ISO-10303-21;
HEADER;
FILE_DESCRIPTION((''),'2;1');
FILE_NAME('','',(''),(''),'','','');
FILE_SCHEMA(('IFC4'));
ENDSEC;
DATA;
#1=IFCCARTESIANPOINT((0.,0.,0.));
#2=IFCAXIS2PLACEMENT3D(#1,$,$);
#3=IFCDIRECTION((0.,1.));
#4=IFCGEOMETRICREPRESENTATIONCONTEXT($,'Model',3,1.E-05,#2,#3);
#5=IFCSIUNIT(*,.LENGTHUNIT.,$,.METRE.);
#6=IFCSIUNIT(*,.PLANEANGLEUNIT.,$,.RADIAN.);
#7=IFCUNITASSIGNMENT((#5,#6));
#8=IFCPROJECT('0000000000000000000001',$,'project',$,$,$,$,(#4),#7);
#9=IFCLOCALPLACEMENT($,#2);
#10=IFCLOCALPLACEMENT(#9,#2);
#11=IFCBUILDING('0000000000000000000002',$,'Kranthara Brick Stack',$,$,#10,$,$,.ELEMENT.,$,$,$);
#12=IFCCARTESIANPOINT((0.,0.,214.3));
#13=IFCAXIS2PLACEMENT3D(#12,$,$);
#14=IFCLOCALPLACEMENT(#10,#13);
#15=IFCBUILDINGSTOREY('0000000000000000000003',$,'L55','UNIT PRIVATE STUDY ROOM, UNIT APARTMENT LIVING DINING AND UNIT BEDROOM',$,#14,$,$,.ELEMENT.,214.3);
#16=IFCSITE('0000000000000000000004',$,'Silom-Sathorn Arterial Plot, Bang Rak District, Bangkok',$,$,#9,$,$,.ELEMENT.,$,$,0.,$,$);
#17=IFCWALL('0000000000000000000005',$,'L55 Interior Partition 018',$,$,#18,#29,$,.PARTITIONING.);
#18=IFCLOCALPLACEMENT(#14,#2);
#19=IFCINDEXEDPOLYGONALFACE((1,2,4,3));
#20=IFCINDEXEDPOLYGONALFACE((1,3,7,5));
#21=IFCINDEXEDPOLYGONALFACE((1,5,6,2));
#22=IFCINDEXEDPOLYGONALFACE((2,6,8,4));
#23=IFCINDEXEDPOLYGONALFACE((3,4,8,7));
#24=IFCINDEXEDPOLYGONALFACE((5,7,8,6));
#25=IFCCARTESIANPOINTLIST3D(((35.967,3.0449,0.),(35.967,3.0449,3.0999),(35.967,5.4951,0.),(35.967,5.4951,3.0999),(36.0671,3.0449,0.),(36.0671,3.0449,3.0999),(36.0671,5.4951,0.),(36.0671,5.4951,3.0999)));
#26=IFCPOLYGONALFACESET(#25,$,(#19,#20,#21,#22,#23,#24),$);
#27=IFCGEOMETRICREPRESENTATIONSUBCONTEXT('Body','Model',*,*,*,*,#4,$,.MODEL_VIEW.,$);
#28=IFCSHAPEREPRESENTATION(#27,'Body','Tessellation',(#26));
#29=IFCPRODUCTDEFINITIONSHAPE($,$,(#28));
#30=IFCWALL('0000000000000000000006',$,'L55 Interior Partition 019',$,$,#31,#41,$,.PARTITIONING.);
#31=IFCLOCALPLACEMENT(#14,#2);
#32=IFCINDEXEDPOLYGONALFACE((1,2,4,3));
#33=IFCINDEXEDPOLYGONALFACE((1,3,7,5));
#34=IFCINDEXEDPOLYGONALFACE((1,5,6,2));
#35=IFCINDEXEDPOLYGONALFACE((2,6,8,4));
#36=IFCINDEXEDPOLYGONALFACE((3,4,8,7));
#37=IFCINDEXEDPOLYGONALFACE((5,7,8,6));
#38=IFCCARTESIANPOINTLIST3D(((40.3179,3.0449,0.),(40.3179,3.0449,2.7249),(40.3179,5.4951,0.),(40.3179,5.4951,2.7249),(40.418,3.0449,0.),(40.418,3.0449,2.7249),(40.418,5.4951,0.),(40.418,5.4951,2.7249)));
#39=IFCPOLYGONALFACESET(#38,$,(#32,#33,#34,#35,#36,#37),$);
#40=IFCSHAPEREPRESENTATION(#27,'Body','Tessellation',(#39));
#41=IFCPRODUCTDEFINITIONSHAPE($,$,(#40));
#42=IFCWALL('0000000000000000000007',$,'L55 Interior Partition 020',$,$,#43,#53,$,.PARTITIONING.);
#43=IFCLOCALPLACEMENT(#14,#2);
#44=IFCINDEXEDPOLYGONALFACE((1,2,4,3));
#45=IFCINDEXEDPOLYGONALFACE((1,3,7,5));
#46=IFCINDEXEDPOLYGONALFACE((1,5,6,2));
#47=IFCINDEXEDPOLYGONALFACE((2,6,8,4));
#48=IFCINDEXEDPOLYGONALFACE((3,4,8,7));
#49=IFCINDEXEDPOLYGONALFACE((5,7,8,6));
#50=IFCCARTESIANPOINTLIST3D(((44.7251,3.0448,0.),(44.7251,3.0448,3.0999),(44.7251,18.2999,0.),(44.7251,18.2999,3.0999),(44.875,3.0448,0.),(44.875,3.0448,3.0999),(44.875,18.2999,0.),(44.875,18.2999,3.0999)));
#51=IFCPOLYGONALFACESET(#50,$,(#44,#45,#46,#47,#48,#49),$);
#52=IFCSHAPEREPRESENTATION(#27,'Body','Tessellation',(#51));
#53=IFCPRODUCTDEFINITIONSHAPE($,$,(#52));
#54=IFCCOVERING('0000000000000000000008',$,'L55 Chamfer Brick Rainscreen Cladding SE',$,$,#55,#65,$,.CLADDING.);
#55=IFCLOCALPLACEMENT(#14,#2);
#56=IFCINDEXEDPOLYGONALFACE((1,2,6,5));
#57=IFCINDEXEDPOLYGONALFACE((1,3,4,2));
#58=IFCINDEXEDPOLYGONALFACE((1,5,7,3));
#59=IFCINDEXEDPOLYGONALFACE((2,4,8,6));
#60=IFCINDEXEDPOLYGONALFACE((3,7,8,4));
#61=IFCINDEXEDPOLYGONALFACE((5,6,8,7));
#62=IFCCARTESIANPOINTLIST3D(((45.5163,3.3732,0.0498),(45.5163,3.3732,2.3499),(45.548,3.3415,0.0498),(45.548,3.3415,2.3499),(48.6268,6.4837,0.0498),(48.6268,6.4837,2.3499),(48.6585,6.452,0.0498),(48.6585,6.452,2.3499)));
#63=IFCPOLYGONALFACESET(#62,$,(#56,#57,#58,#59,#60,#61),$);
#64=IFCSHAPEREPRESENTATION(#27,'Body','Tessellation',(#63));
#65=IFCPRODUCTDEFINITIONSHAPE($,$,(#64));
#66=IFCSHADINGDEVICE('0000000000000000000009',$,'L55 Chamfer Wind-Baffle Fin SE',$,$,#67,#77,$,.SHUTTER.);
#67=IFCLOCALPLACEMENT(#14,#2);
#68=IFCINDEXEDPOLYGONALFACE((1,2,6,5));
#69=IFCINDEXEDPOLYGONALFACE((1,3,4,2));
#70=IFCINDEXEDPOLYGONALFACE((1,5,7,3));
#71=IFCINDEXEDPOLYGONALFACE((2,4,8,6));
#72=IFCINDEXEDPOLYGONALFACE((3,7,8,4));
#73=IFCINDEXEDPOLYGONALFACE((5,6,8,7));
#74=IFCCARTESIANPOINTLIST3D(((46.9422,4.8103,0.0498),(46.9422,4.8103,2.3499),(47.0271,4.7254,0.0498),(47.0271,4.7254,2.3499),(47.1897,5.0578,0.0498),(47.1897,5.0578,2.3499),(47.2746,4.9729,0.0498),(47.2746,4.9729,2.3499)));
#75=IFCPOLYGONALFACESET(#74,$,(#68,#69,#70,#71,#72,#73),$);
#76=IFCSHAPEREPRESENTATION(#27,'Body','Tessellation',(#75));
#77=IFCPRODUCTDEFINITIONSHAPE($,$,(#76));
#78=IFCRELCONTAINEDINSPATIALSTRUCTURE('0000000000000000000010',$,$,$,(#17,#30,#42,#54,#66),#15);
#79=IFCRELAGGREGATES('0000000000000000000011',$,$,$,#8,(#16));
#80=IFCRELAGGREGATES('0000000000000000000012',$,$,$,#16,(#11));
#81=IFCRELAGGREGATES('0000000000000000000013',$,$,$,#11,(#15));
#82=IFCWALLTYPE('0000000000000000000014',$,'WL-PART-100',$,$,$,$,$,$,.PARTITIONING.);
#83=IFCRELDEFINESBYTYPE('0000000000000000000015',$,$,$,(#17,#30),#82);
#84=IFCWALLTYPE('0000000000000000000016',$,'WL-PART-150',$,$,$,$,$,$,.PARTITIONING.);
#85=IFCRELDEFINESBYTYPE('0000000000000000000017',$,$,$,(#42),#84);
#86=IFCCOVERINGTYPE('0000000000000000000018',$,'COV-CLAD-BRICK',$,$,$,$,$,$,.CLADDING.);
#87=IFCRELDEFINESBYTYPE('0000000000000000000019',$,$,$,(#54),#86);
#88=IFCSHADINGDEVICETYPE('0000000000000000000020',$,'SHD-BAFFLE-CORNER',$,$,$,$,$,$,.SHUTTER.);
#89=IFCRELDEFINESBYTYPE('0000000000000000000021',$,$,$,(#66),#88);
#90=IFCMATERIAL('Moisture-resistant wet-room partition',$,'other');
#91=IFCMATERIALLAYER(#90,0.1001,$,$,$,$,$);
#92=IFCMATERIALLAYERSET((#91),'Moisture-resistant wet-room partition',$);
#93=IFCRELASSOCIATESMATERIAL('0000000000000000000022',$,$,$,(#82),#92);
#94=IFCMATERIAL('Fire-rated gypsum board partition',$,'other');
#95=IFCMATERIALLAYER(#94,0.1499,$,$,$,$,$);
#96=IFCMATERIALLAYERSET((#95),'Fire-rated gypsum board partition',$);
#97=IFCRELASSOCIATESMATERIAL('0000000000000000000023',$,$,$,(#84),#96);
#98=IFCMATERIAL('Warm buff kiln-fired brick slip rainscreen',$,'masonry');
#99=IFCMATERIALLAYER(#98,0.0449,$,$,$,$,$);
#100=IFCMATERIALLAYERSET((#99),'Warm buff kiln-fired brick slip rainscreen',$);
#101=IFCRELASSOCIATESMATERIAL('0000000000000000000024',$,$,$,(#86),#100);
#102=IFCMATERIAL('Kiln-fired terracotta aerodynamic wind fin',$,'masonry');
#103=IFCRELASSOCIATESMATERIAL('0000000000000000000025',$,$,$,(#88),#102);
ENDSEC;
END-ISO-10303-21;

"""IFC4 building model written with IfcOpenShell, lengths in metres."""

from ifc_helpers import new_model, si_unit, direction, frame, frame_2d, origin, origin_2d, place, context, subcontext, project, spatial, rectangle, extrude, material, layer, layer_set, type_object, element, save


model = new_model("IFC4")

# Units and contexts
model_context = context("Model", 3, precision=1e-05, world=origin(), true_north=direction((0.0, 1.0)))
body_context = subcontext(model_context, "Body", "Model", "MODEL_VIEW")
ifc_project = project(units=[si_unit("LENGTHUNIT", "METRE"), si_unit("PLANEANGLEUNIT", "RADIAN")], contexts=[model_context])

# Site, building, storey
site_placement = place(None, origin())
site = spatial("IfcSite", under=ifc_project, at=site_placement, Name="Silom-Sathorn Arterial Plot, Bang Rak District, Bangkok", CompositionType="ELEMENT", RefElevation=0.0)
building_placement = place(site_placement, origin())
building = spatial("IfcBuilding", under=site, at=building_placement, Name="Kranthara Brick Stack", CompositionType="ELEMENT")
storey_placement = place(building_placement, frame((0.0, 0.0, 214.3)))
storey = spatial("IfcBuildingStorey", under=building, at=storey_placement, Name="L55", Description="UNIT PRIVATE STUDY ROOM, UNIT APARTMENT LIVING DINING AND UNIT BEDROOM", CompositionType="ELEMENT", Elevation=214.3)

# Shared definitions
ifc_material_1 = material(Name="Moisture-resistant wet-room partition", Category="other")
ifc_layer_1 = layer(ifc_material_1, 0.1001)
ifc_layer_set_1 = layer_set([ifc_layer_1], Name="Moisture-resistant wet-room partition")
wall_type_1 = type_object("IfcWallType", Name="WL-PART-100", PredefinedType="PARTITIONING", material=ifc_layer_set_1)

# Walls
wall_1_placement = place(storey_placement, frame((36.0171, 3.0449, 0.0), z_axis=(0.0, 0.0, 1.0), x_axis=(0.0, 1.0, 0.0)))
element("IfcWall", 1, at=wall_1_placement, inside=storey, type_object=wall_type_1, Name="L55 Interior Partition 018", PredefinedType="PARTITIONING", context=body_context, shape_type="SweptSolid", body=[
    extrude(rectangle(XDim=2.4502, YDim=0.1001, at=frame_2d((1.2251, 0.0))), origin(), (0.0, 0.0, 1.0), 3.0999),
])
wall_2_placement = place(storey_placement, frame((40.3679, 3.0449, 0.0), z_axis=(0.0, 0.0, 1.0), x_axis=(0.0, 1.0, 0.0)))
element("IfcWall", 2, at=wall_2_placement, inside=storey, type_object=wall_type_1, Name="L55 Interior Partition 019", PredefinedType="PARTITIONING", context=body_context, shape_type="SweptSolid", body=[
    extrude(rectangle(XDim=2.4502, YDim=0.1001, at=frame_2d((1.2251, 0.0))), origin(), (0.0, 0.0, 1.0), 2.7249),
])
ifc_material_2 = material(Name="Fire-rated gypsum board partition", Category="other")
ifc_layer_2 = layer(ifc_material_2, 0.1499)
ifc_layer_set_2 = layer_set([ifc_layer_2], Name="Fire-rated gypsum board partition")
wall_type_2 = type_object("IfcWallType", Name="WL-PART-150", PredefinedType="PARTITIONING", material=ifc_layer_set_2)
wall_3_placement = place(storey_placement, frame((44.8, 3.0449, 0.0), z_axis=(0.0, 0.0, 1.0), x_axis=(0.0, 1.0, 0.0)))
element("IfcWall", 3, at=wall_3_placement, inside=storey, type_object=wall_type_2, Name="L55 Interior Partition 020", PredefinedType="PARTITIONING", context=body_context, shape_type="SweptSolid", body=[
    extrude(rectangle(XDim=15.2551, YDim=0.1499, at=frame_2d((7.6274, 0.0))), origin(), (0.0, 0.0, 1.0), 3.0999),
])

# Covering
ifc_material_3 = material(Name="Warm buff kiln-fired brick slip rainscreen", Category="masonry")
ifc_layer_3 = layer(ifc_material_3, 0.0449)
ifc_layer_set_3 = layer_set([ifc_layer_3], Name="Warm buff kiln-fired brick slip rainscreen")
covering_type = type_object("IfcCoveringType", Name="COV-CLAD-BRICK", PredefinedType="CLADDING", material=ifc_layer_set_3)
covering_placement = place(storey_placement, frame((47.0874, 4.9126, 0.0498), z_axis=(0.0, 0.0, 1.0), x_axis=(-0.707107, -0.707107, 0.0)))
element("IfcCovering", 4, at=covering_placement, inside=storey, type_object=covering_type, Name="L55 Chamfer Brick Rainscreen Cladding SE", PredefinedType="CLADDING", context=body_context, shape_type="SweptSolid", body=[
    extrude(rectangle(XDim=4.3989, YDim=0.0449, at=origin_2d()), origin(), (0.0, 0.0, 1.0), 2.3),
])

# Shading device
ifc_material_4 = material(Name="Kiln-fired terracotta aerodynamic wind fin", Category="masonry")
shading_device_type = type_object("IfcShadingDeviceType", Name="SHD-BAFFLE-CORNER", PredefinedType="SHUTTER", material=ifc_material_4)
shading_device_placement = place(storey_placement, frame((47.1084, 4.8916, 0.0498), z_axis=(0.0, 0.0, 1.0), x_axis=(-0.707107, -0.707107, 0.0)))
element("IfcShadingDevice", 5, at=shading_device_placement, inside=storey, type_object=shading_device_type, Name="L55 Chamfer Wind-Baffle Fin SE", PredefinedType="SHUTTER", context=body_context, shape_type="SweptSolid", body=[
    extrude(rectangle(XDim=0.3501, YDim=0.1201, at=origin_2d()), origin(), (0.0, 0.0, 1.0), 2.3),
])

save(model, "model.ifc")
